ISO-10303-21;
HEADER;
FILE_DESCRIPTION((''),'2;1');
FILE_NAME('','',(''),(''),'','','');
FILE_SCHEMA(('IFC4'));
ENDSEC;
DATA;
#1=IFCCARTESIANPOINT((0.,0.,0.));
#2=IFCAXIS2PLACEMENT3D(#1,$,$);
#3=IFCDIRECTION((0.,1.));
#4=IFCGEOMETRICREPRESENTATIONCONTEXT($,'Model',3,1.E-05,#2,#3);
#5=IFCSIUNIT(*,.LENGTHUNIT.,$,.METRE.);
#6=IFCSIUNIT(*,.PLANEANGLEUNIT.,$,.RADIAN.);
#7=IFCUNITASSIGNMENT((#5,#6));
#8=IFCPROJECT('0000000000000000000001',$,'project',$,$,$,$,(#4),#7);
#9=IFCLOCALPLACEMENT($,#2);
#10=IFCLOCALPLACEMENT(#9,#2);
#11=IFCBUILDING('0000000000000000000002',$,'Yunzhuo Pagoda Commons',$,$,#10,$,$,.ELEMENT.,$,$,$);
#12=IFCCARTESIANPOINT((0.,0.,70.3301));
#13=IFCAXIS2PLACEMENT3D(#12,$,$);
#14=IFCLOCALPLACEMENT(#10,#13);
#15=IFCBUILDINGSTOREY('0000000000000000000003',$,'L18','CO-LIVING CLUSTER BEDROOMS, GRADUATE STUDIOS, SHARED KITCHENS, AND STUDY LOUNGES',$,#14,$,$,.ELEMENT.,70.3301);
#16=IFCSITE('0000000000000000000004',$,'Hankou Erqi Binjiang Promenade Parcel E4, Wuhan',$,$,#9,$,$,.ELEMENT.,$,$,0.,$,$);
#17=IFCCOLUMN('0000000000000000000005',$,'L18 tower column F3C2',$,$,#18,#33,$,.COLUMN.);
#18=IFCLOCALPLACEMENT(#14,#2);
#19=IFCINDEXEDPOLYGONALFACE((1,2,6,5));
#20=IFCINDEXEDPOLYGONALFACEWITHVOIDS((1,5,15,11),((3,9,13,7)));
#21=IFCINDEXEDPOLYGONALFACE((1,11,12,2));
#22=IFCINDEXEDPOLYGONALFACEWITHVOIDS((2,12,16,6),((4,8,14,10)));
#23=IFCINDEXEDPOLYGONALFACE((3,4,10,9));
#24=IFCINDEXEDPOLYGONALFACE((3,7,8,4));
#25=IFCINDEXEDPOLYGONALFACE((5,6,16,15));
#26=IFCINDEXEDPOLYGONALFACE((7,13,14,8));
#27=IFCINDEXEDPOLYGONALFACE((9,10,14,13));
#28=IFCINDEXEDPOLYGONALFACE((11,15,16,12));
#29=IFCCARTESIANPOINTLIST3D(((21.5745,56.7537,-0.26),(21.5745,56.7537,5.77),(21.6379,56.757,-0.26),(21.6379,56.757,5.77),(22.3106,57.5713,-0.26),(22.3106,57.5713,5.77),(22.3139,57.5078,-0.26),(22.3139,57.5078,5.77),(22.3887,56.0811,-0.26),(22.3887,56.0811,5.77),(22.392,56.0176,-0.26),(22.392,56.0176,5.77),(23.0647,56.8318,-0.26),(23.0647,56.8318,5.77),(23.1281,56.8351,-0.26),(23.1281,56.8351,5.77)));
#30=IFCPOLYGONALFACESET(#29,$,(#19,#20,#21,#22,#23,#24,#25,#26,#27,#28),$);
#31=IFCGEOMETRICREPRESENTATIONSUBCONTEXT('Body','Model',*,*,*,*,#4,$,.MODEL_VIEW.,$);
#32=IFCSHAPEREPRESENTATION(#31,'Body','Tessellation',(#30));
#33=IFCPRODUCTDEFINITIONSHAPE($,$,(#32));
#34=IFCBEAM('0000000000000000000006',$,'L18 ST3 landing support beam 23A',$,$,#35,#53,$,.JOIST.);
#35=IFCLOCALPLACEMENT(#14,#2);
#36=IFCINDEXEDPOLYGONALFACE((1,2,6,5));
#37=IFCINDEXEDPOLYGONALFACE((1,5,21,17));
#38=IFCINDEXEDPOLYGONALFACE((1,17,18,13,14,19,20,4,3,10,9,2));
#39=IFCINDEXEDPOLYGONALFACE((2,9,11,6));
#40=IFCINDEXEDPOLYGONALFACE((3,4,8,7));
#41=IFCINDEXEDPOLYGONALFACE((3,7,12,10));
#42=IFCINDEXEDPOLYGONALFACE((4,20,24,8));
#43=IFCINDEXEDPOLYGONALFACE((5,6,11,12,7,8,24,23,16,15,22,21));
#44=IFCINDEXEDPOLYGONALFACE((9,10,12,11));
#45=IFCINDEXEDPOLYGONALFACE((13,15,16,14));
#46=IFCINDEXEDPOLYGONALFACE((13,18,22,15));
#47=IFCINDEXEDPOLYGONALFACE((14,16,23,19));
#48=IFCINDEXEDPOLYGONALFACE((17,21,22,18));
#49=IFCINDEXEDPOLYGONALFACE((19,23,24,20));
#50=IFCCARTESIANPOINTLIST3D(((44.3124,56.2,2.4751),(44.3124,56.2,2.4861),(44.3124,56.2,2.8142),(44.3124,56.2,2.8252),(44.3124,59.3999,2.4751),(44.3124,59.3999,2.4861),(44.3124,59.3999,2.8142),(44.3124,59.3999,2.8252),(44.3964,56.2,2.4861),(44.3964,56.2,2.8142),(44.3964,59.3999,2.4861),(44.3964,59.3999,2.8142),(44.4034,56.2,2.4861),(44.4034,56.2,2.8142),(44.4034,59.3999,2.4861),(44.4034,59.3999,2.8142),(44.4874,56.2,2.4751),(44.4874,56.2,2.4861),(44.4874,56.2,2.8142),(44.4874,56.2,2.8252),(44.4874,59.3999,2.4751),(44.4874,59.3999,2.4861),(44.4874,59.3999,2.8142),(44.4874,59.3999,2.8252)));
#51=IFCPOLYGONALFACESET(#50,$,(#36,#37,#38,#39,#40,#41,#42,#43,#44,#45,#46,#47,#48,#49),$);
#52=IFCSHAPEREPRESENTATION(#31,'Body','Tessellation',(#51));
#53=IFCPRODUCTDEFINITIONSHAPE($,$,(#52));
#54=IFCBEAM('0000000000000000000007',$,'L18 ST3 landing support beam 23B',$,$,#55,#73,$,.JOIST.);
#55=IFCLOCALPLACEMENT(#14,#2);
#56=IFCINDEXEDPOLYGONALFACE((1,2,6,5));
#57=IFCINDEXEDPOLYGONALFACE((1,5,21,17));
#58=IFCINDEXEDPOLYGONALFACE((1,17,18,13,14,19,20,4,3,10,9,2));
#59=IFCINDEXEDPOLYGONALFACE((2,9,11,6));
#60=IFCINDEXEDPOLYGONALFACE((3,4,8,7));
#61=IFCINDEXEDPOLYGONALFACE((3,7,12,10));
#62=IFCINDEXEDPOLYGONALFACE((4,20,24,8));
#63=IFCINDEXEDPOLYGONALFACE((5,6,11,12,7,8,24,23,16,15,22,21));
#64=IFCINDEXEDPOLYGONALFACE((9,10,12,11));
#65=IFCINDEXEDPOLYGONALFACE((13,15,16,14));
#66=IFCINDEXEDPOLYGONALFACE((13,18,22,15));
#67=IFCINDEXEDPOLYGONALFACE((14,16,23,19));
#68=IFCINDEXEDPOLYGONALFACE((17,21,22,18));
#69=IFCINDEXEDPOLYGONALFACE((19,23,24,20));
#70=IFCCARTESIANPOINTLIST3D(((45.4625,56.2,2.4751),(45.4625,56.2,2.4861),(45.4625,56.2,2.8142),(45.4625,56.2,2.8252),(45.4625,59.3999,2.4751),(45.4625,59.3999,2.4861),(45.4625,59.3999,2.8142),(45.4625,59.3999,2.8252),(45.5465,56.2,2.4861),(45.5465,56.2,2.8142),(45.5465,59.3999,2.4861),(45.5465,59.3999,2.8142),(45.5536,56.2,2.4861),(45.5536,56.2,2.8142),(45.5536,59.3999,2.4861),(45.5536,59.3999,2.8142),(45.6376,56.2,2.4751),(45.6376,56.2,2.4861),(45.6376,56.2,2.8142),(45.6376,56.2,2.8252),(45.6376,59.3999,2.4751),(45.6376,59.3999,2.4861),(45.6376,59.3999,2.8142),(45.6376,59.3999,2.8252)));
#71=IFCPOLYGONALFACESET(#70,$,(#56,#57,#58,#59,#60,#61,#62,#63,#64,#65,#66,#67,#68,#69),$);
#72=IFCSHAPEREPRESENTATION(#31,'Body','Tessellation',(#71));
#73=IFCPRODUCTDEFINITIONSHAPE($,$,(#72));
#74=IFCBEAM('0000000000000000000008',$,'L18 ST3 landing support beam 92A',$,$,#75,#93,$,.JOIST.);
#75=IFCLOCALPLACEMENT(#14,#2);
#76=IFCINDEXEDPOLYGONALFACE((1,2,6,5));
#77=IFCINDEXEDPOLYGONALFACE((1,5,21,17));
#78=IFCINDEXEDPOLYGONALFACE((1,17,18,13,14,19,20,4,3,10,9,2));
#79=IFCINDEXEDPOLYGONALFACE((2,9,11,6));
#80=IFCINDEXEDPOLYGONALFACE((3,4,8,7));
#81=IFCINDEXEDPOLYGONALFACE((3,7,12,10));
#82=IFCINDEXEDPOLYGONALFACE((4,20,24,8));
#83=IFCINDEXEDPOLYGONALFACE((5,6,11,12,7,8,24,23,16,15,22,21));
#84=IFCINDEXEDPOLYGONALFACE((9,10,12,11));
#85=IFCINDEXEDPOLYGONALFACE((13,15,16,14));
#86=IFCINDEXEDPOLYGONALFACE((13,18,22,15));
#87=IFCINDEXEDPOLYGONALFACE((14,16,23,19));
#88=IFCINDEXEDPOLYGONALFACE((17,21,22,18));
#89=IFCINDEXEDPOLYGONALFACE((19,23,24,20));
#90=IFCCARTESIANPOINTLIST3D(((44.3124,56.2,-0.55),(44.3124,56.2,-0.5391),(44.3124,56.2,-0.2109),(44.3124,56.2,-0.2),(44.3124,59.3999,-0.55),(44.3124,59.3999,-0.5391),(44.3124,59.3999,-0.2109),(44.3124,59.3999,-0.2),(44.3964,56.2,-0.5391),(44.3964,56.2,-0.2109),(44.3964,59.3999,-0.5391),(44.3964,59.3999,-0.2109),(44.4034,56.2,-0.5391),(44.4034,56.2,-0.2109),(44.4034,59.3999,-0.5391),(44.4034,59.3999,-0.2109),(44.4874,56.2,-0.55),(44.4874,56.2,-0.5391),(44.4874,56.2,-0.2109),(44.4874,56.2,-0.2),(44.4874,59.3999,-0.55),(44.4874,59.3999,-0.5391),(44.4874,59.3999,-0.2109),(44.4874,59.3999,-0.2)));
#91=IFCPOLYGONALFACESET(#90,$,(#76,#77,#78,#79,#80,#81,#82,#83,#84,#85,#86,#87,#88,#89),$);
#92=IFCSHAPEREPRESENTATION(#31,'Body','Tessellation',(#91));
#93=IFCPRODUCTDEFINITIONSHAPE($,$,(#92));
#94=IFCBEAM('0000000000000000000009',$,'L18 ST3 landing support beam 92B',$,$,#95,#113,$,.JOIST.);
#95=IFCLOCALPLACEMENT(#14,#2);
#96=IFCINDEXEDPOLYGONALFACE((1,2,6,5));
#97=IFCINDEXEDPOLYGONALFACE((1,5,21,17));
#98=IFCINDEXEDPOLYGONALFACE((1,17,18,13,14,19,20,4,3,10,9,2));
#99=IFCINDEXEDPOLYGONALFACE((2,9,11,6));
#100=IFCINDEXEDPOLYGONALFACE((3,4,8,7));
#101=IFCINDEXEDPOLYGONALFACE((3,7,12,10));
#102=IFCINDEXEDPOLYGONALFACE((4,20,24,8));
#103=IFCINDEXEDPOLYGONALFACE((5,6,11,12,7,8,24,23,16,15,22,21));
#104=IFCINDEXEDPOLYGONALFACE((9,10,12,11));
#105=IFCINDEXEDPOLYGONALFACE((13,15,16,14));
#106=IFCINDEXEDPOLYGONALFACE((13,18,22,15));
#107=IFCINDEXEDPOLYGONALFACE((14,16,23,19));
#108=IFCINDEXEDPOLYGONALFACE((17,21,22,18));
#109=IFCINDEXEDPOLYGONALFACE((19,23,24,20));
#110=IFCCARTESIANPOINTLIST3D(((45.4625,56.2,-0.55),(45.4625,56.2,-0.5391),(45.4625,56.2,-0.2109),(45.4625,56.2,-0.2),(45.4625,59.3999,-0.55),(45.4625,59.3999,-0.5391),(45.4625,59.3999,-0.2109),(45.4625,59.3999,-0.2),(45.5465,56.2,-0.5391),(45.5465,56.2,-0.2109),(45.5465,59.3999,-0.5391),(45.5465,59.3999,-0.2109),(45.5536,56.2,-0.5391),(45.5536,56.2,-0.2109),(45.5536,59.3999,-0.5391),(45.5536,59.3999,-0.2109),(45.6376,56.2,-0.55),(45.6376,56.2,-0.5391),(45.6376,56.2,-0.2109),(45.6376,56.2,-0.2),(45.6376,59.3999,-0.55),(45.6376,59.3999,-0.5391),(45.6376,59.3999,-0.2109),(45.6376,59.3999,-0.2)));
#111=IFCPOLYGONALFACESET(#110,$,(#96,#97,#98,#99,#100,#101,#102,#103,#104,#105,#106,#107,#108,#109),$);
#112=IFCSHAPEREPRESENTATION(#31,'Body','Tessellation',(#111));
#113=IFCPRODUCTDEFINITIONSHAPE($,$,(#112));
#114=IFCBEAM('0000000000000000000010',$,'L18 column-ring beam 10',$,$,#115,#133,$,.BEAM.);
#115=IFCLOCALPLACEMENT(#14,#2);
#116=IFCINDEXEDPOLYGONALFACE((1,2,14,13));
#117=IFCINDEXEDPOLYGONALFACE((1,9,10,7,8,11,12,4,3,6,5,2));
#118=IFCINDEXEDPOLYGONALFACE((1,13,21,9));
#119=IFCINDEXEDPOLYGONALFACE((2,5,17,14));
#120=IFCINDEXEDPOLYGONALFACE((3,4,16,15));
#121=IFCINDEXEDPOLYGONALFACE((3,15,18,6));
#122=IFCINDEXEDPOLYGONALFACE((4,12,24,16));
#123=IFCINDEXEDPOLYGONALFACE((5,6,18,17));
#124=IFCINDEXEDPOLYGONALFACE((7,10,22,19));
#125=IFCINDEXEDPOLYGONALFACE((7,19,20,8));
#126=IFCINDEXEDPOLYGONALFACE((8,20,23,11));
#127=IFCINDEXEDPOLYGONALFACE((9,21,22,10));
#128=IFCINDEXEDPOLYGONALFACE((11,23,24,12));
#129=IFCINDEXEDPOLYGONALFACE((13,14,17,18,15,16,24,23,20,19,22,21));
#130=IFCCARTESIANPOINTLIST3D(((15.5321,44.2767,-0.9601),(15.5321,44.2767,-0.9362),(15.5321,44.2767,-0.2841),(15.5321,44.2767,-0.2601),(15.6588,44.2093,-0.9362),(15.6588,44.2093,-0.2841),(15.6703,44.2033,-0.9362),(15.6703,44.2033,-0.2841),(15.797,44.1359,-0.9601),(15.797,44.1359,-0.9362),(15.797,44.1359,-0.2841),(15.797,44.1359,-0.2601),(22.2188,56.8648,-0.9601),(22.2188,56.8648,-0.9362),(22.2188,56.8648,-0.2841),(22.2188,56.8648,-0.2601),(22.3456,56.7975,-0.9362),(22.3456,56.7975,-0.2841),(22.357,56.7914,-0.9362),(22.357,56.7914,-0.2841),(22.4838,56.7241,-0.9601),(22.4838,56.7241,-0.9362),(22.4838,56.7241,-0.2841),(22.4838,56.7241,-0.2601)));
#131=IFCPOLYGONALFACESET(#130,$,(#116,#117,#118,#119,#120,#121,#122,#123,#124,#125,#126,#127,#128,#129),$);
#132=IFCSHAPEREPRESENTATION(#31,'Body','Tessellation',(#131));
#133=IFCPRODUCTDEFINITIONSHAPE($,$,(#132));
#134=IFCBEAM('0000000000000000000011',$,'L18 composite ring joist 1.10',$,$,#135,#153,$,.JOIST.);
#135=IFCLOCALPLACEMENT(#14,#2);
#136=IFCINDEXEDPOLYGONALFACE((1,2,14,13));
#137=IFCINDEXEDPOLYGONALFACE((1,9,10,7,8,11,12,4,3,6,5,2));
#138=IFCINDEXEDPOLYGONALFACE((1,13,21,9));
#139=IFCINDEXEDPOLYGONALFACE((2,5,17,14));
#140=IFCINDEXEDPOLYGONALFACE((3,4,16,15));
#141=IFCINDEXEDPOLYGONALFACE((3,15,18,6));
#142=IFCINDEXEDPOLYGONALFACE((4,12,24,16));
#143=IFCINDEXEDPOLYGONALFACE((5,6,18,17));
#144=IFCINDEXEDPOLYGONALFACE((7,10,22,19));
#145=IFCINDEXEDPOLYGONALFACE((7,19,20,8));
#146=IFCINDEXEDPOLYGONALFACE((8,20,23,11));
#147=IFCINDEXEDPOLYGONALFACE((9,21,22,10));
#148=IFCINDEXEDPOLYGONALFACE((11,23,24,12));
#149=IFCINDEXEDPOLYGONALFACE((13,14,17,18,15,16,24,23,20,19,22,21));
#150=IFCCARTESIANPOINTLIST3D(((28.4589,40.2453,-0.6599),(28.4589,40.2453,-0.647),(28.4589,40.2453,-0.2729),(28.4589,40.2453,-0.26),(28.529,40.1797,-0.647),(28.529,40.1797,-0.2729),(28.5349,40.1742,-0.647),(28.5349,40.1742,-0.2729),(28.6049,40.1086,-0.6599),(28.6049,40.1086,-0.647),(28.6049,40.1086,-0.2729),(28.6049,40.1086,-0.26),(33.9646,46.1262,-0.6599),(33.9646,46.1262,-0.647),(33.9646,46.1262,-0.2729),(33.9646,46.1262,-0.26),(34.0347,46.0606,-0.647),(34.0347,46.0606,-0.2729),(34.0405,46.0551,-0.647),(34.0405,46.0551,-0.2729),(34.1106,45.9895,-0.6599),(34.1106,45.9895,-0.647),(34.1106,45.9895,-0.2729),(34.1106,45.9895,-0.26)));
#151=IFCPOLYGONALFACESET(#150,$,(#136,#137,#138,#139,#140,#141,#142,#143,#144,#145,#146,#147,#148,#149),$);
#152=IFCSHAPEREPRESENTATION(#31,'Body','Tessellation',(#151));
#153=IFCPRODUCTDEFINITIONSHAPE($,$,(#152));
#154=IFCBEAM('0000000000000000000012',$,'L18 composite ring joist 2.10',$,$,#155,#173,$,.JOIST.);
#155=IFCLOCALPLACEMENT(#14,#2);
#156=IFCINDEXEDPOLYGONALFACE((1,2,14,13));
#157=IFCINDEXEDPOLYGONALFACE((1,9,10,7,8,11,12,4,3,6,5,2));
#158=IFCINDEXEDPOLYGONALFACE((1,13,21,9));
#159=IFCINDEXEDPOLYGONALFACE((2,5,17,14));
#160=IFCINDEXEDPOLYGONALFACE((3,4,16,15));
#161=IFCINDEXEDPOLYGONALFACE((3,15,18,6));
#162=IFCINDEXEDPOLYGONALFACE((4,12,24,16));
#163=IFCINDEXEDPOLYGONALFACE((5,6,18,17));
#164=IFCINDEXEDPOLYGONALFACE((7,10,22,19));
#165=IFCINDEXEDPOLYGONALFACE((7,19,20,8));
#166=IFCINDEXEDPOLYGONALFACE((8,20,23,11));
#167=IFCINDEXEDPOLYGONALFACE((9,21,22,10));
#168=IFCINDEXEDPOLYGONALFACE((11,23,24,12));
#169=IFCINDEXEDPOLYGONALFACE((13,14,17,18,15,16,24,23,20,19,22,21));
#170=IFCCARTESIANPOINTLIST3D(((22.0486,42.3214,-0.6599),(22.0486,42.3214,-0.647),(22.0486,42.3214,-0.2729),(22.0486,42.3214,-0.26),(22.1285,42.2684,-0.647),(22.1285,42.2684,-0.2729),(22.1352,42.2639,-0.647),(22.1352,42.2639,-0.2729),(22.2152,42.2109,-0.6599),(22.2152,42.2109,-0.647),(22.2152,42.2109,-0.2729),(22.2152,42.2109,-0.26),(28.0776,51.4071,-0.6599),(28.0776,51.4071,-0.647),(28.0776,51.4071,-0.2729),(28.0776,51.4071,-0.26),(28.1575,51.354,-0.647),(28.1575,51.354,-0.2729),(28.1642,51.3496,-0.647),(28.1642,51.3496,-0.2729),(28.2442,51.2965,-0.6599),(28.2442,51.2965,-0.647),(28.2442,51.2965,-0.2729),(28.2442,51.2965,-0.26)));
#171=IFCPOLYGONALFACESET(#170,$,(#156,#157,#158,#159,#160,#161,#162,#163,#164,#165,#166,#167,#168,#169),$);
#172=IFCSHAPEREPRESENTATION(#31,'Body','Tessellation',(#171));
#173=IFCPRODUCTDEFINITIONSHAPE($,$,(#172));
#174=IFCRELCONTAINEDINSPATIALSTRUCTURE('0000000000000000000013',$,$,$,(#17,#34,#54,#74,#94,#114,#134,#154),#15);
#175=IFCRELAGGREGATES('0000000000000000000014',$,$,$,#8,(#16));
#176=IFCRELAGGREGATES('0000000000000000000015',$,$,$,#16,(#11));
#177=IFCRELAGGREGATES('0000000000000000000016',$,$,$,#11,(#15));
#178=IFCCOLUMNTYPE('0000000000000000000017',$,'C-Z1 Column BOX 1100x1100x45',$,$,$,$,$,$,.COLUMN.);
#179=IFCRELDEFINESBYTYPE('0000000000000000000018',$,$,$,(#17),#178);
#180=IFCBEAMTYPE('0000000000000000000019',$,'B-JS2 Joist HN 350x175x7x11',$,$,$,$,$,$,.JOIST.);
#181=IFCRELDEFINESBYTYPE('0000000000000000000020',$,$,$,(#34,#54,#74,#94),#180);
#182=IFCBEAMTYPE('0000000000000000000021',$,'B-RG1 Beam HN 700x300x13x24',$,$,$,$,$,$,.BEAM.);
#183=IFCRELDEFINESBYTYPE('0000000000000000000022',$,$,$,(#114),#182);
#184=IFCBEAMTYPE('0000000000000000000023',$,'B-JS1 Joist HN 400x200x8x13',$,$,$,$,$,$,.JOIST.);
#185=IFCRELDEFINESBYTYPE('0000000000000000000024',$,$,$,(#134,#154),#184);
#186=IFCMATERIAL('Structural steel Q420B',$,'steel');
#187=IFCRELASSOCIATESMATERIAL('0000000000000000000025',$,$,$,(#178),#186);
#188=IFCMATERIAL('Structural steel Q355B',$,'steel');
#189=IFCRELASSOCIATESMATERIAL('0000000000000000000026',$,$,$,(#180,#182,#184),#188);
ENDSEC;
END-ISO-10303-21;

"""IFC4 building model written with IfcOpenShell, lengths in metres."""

from ifc_helpers import new_model, si_unit, direction, frame, origin, origin_2d, place, context, subcontext, project, spatial, hollow_rectangle, i_section, extrude, source, transform, mapped, material, material_profile, profile_set, type_object, element, save


model = new_model("IFC4")

# Units and contexts
model_context = context("Model", 3, precision=1e-05, world=origin(), true_north=direction((0.0, 1.0)))
body_context = subcontext(model_context, "Body", "Model", "MODEL_VIEW")
ifc_project = project(units=[si_unit("LENGTHUNIT", "METRE"), si_unit("PLANEANGLEUNIT", "RADIAN")], contexts=[model_context])

# Site, building, storey
site_placement = place(None, origin())
site = spatial("IfcSite", under=ifc_project, at=site_placement, Name="Hankou Erqi Binjiang Promenade Parcel E4, Wuhan", CompositionType="ELEMENT", RefElevation=0.0)
building_placement = place(site_placement, origin())
building = spatial("IfcBuilding", under=site, at=building_placement, Name="Yunzhuo Pagoda Commons", CompositionType="ELEMENT")
storey_placement = place(building_placement, frame((0.0, 0.0, 70.3301)))
storey = spatial("IfcBuildingStorey", under=building, at=storey_placement, Name="L18", Description="CO-LIVING CLUSTER BEDROOMS, GRADUATE STUDIOS, SHARED KITCHENS, AND STUDY LOUNGES", CompositionType="ELEMENT", Elevation=70.3301)

# Column
ifc_material_1 = material(Name="Structural steel Q420B", Category="steel")
ifc_material_profile_1 = material_profile(ifc_material_1, hollow_rectangle(XDim=1.1001, YDim=1.1001, WallThickness=0.0449, at=origin_2d()), Name="Structural steel Q420B")
ifc_profile_set_1 = profile_set([ifc_material_profile_1], Name="Structural steel Q420B")
column_type = type_object("IfcColumnType", Name="C-Z1 Column BOX 1100x1100x45", PredefinedType="COLUMN", material=ifc_profile_set_1)
shared_shape_1 = source(origin(), body_context, "Body", "SweptSolid", [
    extrude(hollow_rectangle(XDim=1.1001, YDim=1.1001, WallThickness=0.0449, at=origin_2d()), origin(), (0.0, 0.0, 1.0), 6.03),
])
column_placement = place(storey_placement, frame((22.3513, 56.7944, -0.26), z_axis=(0.0, 0.0, 1.0), x_axis=(-0.669131, -0.743145, 0.0)))
element("IfcColumn", 1, at=column_placement, inside=storey, type_object=column_type, Name="L18 tower column F3C2", PredefinedType="COLUMN", context=body_context, shape_type="MappedRepresentation", body=[
    mapped(shared_shape_1, transform((0.0, 0.0, 0.0), scale=1.0)),
])

# Beams
ifc_material_2 = material(Name="Structural steel Q355B", Category="steel")
ifc_material_profile_2 = material_profile(ifc_material_2, i_section(OverallWidth=0.175, OverallDepth=0.3501, WebThickness=0.0071, FlangeThickness=0.011, at=origin_2d()), Name="Structural steel Q355B")
ifc_profile_set_2 = profile_set([ifc_material_profile_2], Name="Structural steel Q355B")
beam_type_1 = type_object("IfcBeamType", Name="B-JS2 Joist HN 350x175x7x11", PredefinedType="JOIST", material=ifc_profile_set_2)
shared_shape_2 = source(origin(), body_context, "Body", "SweptSolid", [
    extrude(i_section(OverallWidth=0.175, OverallDepth=0.3501, WebThickness=0.0071, FlangeThickness=0.011, at=origin_2d()), origin(), (0.0, 0.0, 1.0), 3.2),
])
for number, where, z_axis, x_axis, name in (
    (2, (44.3999, 56.2, 2.6501), (0.0, 1.0, 0.0), (-1.0, 0.0, 0.0), "L18 ST3 landing support beam 23A"),
    (3, (45.55, 56.2, 2.6501), (0.0, 1.0, 0.0), (-1.0, 0.0, 0.0), "L18 ST3 landing support beam 23B"),
    (4, (44.3999, 56.2, -0.375), (0.0, 1.0, 0.0), (-1.0, 0.0, 0.0), "L18 ST3 landing support beam 92A"),
    (5, (45.55, 56.2, -0.375), (0.0, 1.0, 0.0), (-1.0, 0.0, 0.0), "L18 ST3 landing support beam 92B"),
):
    element("IfcBeam", number, at=place(storey_placement, frame(where, z_axis=z_axis, x_axis=x_axis)), inside=storey, type_object=beam_type_1, Name=name, PredefinedType="JOIST", context=body_context, shape_type="MappedRepresentation", body=[
        mapped(shared_shape_2, transform((0.0, 0.0, 0.0), scale=1.0)),
    ])
ifc_material_profile_3 = material_profile(ifc_material_2, i_section(OverallWidth=0.3, OverallDepth=0.7, WebThickness=0.0129, FlangeThickness=0.0239, at=origin_2d()), Name="Structural steel Q355B")
ifc_profile_set_3 = profile_set([ifc_material_profile_3], Name="Structural steel Q355B")
beam_type_2 = type_object("IfcBeamType", Name="B-RG1 Beam HN 700x300x13x24", PredefinedType="BEAM", material=ifc_profile_set_3)
shared_shape_3 = source(origin(), body_context, "Body", "SweptSolid", [
    extrude(i_section(OverallWidth=0.3, OverallDepth=0.7, WebThickness=0.0129, FlangeThickness=0.0239, at=origin_2d()), origin(), (0.0, 0.0, 1.0), 14.2539),
])
beam_1_placement = place(storey_placement, frame((22.3513, 56.7944, -0.6101), z_axis=(-0.469118, -0.883135, 0.0), x_axis=(0.883135, -0.469118, 0.0)))
element("IfcBeam", 6, at=beam_1_placement, inside=storey, type_object=beam_type_2, Name="L18 column-ring beam 10", PredefinedType="BEAM", context=body_context, shape_type="MappedRepresentation", body=[
    mapped(shared_shape_3, transform((0.0, 0.0, 0.0), scale=1.0)),
])
ifc_material_profile_4 = material_profile(ifc_material_2, i_section(OverallWidth=0.2, OverallDepth=0.3999, WebThickness=0.0081, FlangeThickness=0.0129, at=origin_2d()), Name="Structural steel Q355B")
ifc_profile_set_4 = profile_set([ifc_material_profile_4], Name="Structural steel Q355B")
beam_type_3 = type_object("IfcBeamType", Name="B-JS1 Joist HN 400x200x8x13", PredefinedType="JOIST", material=ifc_profile_set_4)
shared_shape_4 = source(origin(), body_context, "Body", "SweptSolid", [
    extrude(i_section(OverallWidth=0.2, OverallDepth=0.3999, WebThickness=0.0081, FlangeThickness=0.0129, at=origin_2d()), origin(), (0.0, 0.0, 1.0), 8.0559),
])
beam_2_placement = place(storey_placement, frame((34.0376, 46.0579, -0.46), z_axis=(-0.683433, -0.730013, 0.0), x_axis=(0.730013, -0.683433, 0.0)))
element("IfcBeam", 7, at=beam_2_placement, inside=storey, type_object=beam_type_3, Name="L18 composite ring joist 1.10", PredefinedType="JOIST", context=body_context, shape_type="MappedRepresentation", body=[
    mapped(shared_shape_4, transform((0.0, 0.0, 0.0), scale=1.0)),
])
shared_shape_5 = source(origin(), body_context, "Body", "SweptSolid", [
    extrude(i_section(OverallWidth=0.2, OverallDepth=0.3999, WebThickness=0.0081, FlangeThickness=0.0129, at=origin_2d()), origin(), (0.0, 0.0, 1.0), 10.9041),
])
beam_3_placement = place(storey_placement, frame((28.1609, 51.3518, -0.46), z_axis=(-0.552916, -0.833237, 0.0), x_axis=(0.833237, -0.552916, 0.0)))
element("IfcBeam", 8, at=beam_3_placement, inside=storey, type_object=beam_type_3, Name="L18 composite ring joist 2.10", PredefinedType="JOIST", context=body_context, shape_type="MappedRepresentation", body=[
    mapped(shared_shape_5, transform((0.0, 0.0, 0.0), scale=1.0)),
])

save(model, "model.ifc")
